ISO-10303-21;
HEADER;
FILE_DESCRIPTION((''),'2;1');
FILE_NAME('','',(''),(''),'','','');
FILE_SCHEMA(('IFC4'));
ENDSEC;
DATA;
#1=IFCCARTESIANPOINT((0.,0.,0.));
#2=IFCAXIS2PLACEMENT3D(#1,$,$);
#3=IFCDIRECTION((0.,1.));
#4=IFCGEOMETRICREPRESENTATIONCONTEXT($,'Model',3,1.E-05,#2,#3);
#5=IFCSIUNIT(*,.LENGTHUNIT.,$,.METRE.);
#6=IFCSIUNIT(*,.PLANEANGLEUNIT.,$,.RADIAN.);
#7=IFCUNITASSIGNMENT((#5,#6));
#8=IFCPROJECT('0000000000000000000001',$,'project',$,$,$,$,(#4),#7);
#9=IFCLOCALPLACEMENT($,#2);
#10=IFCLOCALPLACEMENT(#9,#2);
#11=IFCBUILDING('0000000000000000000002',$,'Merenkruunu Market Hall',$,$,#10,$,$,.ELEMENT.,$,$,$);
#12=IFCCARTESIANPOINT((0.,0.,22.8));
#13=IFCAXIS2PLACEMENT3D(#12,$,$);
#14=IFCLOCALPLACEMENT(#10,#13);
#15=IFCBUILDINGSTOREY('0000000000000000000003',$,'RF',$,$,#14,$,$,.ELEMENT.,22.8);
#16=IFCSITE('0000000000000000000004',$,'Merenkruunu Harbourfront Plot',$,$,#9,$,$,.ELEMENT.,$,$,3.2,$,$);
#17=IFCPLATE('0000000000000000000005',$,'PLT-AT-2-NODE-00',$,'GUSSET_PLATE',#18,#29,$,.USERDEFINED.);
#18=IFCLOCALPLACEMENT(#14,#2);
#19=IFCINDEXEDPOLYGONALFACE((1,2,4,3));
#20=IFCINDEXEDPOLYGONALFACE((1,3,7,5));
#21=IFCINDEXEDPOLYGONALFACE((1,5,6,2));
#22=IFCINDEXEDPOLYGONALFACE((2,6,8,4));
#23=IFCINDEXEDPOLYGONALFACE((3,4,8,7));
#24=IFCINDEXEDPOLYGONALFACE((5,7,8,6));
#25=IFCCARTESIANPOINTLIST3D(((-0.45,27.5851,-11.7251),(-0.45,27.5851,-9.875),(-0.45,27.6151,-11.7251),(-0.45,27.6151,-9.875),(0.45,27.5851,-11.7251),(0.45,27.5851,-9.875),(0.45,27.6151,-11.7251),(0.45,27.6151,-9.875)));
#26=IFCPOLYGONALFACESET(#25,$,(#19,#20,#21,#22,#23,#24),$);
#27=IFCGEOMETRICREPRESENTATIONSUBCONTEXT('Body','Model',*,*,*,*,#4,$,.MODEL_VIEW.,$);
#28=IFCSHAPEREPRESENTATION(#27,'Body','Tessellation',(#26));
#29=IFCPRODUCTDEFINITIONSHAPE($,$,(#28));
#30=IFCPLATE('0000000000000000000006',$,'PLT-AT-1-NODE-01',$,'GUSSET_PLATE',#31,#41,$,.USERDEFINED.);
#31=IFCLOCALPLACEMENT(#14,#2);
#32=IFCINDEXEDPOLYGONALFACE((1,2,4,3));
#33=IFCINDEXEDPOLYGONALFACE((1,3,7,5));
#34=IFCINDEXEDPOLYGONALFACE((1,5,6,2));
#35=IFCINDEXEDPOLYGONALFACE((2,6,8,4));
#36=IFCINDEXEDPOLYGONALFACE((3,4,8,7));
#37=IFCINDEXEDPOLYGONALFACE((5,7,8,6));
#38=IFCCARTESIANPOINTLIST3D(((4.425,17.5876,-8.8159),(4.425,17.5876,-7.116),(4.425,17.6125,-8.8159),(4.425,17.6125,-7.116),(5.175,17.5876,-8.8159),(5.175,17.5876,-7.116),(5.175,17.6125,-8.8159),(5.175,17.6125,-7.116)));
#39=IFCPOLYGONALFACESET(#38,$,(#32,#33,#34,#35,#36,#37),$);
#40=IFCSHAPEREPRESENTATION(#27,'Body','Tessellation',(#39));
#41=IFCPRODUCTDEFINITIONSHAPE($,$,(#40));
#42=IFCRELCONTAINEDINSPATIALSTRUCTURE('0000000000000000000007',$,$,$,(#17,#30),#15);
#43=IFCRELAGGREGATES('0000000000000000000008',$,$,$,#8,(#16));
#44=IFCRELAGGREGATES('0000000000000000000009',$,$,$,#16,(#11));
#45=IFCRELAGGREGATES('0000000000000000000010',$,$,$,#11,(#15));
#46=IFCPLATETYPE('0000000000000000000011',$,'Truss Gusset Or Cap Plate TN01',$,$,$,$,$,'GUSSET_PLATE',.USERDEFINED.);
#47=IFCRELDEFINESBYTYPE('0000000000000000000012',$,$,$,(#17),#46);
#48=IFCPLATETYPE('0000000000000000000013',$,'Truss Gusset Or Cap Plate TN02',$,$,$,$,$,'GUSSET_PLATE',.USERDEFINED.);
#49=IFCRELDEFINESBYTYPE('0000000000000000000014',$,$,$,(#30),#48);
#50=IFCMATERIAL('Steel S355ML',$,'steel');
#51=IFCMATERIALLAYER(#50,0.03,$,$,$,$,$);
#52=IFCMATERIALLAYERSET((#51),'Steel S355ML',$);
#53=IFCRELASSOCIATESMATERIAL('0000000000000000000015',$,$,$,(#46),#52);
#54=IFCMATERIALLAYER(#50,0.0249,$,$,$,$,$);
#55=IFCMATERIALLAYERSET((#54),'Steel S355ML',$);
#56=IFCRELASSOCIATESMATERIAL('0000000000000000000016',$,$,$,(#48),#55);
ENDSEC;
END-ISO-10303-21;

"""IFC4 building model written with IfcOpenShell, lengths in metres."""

from ifc_helpers import new_model, si_unit, direction, frame, origin, origin_2d, place, context, subcontext, project, spatial, rectangle, extrude, material, layer, layer_set, type_object, element, save


model = new_model("IFC4")

# Units and contexts
model_context = context("Model", 3, precision=1e-05, world=origin(), true_north=direction((0.0, 1.0)))
body_context = subcontext(model_context, "Body", "Model", "MODEL_VIEW")
ifc_project = project(units=[si_unit("LENGTHUNIT", "METRE"), si_unit("PLANEANGLEUNIT", "RADIAN")], contexts=[model_context])

# Site, building, storey
site_placement = place(None, origin())
site = spatial("IfcSite", under=ifc_project, at=site_placement, Name="Merenkruunu Harbourfront Plot", CompositionType="ELEMENT", RefElevation=3.2)
building_placement = place(site_placement, origin())
building = spatial("IfcBuilding", under=site, at=building_placement, Name="Merenkruunu Market Hall", CompositionType="ELEMENT")
storey_placement = place(building_placement, frame((0.0, 0.0, 22.8)))
storey = spatial("IfcBuildingStorey", under=building, at=storey_placement, Name="RF", CompositionType="ELEMENT", Elevation=22.8)

# Shared definitions
ifc_material_1 = material(Name="Steel S355ML", Category="steel")

# Plates
ifc_layer_1 = layer(ifc_material_1, 0.03)
ifc_layer_set_1 = layer_set([ifc_layer_1], Name="Steel S355ML")
plate_type_1 = type_object("IfcPlateType", Name="Truss Gusset Or Cap Plate TN01", ElementType="GUSSET_PLATE", PredefinedType="USERDEFINED", material=ifc_layer_set_1)
plate_1_placement = place(storey_placement, frame((0.0, 27.6001, -11.7251), z_axis=(0.0, 0.0, 1.0), x_axis=(1.0, 0.0, 0.0)))
element("IfcPlate", 1, at=plate_1_placement, inside=storey, type_object=plate_type_1, Name="PLT-AT-2-NODE-00", ObjectType="GUSSET_PLATE", PredefinedType="USERDEFINED", context=body_context, shape_type="SweptSolid", body=[
    extrude(rectangle(XDim=0.8999, YDim=0.03, at=origin_2d()), origin(), (0.0, 0.0, 1.0), 1.8501),
])
ifc_layer_2 = layer(ifc_material_1, 0.0249)
ifc_layer_set_2 = layer_set([ifc_layer_2], Name="Steel S355ML")
plate_type_2 = type_object("IfcPlateType", Name="Truss Gusset Or Cap Plate TN02", ElementType="GUSSET_PLATE", PredefinedType="USERDEFINED", material=ifc_layer_set_2)
plate_2_placement = place(storey_placement, frame((4.8, 17.6001, -8.8159), z_axis=(0.0, 0.0, 1.0), x_axis=(1.0, 0.0, 0.0)))
element("IfcPlate", 2, at=plate_2_placement, inside=storey, type_object=plate_type_2, Name="PLT-AT-1-NODE-01", ObjectType="GUSSET_PLATE", PredefinedType="USERDEFINED", context=body_context, shape_type="SweptSolid", body=[
    extrude(rectangle(XDim=0.75, YDim=0.0249, at=origin_2d()), origin(), (0.0, 0.0, 1.0), 1.7),
])

save(model, "model.ifc")
